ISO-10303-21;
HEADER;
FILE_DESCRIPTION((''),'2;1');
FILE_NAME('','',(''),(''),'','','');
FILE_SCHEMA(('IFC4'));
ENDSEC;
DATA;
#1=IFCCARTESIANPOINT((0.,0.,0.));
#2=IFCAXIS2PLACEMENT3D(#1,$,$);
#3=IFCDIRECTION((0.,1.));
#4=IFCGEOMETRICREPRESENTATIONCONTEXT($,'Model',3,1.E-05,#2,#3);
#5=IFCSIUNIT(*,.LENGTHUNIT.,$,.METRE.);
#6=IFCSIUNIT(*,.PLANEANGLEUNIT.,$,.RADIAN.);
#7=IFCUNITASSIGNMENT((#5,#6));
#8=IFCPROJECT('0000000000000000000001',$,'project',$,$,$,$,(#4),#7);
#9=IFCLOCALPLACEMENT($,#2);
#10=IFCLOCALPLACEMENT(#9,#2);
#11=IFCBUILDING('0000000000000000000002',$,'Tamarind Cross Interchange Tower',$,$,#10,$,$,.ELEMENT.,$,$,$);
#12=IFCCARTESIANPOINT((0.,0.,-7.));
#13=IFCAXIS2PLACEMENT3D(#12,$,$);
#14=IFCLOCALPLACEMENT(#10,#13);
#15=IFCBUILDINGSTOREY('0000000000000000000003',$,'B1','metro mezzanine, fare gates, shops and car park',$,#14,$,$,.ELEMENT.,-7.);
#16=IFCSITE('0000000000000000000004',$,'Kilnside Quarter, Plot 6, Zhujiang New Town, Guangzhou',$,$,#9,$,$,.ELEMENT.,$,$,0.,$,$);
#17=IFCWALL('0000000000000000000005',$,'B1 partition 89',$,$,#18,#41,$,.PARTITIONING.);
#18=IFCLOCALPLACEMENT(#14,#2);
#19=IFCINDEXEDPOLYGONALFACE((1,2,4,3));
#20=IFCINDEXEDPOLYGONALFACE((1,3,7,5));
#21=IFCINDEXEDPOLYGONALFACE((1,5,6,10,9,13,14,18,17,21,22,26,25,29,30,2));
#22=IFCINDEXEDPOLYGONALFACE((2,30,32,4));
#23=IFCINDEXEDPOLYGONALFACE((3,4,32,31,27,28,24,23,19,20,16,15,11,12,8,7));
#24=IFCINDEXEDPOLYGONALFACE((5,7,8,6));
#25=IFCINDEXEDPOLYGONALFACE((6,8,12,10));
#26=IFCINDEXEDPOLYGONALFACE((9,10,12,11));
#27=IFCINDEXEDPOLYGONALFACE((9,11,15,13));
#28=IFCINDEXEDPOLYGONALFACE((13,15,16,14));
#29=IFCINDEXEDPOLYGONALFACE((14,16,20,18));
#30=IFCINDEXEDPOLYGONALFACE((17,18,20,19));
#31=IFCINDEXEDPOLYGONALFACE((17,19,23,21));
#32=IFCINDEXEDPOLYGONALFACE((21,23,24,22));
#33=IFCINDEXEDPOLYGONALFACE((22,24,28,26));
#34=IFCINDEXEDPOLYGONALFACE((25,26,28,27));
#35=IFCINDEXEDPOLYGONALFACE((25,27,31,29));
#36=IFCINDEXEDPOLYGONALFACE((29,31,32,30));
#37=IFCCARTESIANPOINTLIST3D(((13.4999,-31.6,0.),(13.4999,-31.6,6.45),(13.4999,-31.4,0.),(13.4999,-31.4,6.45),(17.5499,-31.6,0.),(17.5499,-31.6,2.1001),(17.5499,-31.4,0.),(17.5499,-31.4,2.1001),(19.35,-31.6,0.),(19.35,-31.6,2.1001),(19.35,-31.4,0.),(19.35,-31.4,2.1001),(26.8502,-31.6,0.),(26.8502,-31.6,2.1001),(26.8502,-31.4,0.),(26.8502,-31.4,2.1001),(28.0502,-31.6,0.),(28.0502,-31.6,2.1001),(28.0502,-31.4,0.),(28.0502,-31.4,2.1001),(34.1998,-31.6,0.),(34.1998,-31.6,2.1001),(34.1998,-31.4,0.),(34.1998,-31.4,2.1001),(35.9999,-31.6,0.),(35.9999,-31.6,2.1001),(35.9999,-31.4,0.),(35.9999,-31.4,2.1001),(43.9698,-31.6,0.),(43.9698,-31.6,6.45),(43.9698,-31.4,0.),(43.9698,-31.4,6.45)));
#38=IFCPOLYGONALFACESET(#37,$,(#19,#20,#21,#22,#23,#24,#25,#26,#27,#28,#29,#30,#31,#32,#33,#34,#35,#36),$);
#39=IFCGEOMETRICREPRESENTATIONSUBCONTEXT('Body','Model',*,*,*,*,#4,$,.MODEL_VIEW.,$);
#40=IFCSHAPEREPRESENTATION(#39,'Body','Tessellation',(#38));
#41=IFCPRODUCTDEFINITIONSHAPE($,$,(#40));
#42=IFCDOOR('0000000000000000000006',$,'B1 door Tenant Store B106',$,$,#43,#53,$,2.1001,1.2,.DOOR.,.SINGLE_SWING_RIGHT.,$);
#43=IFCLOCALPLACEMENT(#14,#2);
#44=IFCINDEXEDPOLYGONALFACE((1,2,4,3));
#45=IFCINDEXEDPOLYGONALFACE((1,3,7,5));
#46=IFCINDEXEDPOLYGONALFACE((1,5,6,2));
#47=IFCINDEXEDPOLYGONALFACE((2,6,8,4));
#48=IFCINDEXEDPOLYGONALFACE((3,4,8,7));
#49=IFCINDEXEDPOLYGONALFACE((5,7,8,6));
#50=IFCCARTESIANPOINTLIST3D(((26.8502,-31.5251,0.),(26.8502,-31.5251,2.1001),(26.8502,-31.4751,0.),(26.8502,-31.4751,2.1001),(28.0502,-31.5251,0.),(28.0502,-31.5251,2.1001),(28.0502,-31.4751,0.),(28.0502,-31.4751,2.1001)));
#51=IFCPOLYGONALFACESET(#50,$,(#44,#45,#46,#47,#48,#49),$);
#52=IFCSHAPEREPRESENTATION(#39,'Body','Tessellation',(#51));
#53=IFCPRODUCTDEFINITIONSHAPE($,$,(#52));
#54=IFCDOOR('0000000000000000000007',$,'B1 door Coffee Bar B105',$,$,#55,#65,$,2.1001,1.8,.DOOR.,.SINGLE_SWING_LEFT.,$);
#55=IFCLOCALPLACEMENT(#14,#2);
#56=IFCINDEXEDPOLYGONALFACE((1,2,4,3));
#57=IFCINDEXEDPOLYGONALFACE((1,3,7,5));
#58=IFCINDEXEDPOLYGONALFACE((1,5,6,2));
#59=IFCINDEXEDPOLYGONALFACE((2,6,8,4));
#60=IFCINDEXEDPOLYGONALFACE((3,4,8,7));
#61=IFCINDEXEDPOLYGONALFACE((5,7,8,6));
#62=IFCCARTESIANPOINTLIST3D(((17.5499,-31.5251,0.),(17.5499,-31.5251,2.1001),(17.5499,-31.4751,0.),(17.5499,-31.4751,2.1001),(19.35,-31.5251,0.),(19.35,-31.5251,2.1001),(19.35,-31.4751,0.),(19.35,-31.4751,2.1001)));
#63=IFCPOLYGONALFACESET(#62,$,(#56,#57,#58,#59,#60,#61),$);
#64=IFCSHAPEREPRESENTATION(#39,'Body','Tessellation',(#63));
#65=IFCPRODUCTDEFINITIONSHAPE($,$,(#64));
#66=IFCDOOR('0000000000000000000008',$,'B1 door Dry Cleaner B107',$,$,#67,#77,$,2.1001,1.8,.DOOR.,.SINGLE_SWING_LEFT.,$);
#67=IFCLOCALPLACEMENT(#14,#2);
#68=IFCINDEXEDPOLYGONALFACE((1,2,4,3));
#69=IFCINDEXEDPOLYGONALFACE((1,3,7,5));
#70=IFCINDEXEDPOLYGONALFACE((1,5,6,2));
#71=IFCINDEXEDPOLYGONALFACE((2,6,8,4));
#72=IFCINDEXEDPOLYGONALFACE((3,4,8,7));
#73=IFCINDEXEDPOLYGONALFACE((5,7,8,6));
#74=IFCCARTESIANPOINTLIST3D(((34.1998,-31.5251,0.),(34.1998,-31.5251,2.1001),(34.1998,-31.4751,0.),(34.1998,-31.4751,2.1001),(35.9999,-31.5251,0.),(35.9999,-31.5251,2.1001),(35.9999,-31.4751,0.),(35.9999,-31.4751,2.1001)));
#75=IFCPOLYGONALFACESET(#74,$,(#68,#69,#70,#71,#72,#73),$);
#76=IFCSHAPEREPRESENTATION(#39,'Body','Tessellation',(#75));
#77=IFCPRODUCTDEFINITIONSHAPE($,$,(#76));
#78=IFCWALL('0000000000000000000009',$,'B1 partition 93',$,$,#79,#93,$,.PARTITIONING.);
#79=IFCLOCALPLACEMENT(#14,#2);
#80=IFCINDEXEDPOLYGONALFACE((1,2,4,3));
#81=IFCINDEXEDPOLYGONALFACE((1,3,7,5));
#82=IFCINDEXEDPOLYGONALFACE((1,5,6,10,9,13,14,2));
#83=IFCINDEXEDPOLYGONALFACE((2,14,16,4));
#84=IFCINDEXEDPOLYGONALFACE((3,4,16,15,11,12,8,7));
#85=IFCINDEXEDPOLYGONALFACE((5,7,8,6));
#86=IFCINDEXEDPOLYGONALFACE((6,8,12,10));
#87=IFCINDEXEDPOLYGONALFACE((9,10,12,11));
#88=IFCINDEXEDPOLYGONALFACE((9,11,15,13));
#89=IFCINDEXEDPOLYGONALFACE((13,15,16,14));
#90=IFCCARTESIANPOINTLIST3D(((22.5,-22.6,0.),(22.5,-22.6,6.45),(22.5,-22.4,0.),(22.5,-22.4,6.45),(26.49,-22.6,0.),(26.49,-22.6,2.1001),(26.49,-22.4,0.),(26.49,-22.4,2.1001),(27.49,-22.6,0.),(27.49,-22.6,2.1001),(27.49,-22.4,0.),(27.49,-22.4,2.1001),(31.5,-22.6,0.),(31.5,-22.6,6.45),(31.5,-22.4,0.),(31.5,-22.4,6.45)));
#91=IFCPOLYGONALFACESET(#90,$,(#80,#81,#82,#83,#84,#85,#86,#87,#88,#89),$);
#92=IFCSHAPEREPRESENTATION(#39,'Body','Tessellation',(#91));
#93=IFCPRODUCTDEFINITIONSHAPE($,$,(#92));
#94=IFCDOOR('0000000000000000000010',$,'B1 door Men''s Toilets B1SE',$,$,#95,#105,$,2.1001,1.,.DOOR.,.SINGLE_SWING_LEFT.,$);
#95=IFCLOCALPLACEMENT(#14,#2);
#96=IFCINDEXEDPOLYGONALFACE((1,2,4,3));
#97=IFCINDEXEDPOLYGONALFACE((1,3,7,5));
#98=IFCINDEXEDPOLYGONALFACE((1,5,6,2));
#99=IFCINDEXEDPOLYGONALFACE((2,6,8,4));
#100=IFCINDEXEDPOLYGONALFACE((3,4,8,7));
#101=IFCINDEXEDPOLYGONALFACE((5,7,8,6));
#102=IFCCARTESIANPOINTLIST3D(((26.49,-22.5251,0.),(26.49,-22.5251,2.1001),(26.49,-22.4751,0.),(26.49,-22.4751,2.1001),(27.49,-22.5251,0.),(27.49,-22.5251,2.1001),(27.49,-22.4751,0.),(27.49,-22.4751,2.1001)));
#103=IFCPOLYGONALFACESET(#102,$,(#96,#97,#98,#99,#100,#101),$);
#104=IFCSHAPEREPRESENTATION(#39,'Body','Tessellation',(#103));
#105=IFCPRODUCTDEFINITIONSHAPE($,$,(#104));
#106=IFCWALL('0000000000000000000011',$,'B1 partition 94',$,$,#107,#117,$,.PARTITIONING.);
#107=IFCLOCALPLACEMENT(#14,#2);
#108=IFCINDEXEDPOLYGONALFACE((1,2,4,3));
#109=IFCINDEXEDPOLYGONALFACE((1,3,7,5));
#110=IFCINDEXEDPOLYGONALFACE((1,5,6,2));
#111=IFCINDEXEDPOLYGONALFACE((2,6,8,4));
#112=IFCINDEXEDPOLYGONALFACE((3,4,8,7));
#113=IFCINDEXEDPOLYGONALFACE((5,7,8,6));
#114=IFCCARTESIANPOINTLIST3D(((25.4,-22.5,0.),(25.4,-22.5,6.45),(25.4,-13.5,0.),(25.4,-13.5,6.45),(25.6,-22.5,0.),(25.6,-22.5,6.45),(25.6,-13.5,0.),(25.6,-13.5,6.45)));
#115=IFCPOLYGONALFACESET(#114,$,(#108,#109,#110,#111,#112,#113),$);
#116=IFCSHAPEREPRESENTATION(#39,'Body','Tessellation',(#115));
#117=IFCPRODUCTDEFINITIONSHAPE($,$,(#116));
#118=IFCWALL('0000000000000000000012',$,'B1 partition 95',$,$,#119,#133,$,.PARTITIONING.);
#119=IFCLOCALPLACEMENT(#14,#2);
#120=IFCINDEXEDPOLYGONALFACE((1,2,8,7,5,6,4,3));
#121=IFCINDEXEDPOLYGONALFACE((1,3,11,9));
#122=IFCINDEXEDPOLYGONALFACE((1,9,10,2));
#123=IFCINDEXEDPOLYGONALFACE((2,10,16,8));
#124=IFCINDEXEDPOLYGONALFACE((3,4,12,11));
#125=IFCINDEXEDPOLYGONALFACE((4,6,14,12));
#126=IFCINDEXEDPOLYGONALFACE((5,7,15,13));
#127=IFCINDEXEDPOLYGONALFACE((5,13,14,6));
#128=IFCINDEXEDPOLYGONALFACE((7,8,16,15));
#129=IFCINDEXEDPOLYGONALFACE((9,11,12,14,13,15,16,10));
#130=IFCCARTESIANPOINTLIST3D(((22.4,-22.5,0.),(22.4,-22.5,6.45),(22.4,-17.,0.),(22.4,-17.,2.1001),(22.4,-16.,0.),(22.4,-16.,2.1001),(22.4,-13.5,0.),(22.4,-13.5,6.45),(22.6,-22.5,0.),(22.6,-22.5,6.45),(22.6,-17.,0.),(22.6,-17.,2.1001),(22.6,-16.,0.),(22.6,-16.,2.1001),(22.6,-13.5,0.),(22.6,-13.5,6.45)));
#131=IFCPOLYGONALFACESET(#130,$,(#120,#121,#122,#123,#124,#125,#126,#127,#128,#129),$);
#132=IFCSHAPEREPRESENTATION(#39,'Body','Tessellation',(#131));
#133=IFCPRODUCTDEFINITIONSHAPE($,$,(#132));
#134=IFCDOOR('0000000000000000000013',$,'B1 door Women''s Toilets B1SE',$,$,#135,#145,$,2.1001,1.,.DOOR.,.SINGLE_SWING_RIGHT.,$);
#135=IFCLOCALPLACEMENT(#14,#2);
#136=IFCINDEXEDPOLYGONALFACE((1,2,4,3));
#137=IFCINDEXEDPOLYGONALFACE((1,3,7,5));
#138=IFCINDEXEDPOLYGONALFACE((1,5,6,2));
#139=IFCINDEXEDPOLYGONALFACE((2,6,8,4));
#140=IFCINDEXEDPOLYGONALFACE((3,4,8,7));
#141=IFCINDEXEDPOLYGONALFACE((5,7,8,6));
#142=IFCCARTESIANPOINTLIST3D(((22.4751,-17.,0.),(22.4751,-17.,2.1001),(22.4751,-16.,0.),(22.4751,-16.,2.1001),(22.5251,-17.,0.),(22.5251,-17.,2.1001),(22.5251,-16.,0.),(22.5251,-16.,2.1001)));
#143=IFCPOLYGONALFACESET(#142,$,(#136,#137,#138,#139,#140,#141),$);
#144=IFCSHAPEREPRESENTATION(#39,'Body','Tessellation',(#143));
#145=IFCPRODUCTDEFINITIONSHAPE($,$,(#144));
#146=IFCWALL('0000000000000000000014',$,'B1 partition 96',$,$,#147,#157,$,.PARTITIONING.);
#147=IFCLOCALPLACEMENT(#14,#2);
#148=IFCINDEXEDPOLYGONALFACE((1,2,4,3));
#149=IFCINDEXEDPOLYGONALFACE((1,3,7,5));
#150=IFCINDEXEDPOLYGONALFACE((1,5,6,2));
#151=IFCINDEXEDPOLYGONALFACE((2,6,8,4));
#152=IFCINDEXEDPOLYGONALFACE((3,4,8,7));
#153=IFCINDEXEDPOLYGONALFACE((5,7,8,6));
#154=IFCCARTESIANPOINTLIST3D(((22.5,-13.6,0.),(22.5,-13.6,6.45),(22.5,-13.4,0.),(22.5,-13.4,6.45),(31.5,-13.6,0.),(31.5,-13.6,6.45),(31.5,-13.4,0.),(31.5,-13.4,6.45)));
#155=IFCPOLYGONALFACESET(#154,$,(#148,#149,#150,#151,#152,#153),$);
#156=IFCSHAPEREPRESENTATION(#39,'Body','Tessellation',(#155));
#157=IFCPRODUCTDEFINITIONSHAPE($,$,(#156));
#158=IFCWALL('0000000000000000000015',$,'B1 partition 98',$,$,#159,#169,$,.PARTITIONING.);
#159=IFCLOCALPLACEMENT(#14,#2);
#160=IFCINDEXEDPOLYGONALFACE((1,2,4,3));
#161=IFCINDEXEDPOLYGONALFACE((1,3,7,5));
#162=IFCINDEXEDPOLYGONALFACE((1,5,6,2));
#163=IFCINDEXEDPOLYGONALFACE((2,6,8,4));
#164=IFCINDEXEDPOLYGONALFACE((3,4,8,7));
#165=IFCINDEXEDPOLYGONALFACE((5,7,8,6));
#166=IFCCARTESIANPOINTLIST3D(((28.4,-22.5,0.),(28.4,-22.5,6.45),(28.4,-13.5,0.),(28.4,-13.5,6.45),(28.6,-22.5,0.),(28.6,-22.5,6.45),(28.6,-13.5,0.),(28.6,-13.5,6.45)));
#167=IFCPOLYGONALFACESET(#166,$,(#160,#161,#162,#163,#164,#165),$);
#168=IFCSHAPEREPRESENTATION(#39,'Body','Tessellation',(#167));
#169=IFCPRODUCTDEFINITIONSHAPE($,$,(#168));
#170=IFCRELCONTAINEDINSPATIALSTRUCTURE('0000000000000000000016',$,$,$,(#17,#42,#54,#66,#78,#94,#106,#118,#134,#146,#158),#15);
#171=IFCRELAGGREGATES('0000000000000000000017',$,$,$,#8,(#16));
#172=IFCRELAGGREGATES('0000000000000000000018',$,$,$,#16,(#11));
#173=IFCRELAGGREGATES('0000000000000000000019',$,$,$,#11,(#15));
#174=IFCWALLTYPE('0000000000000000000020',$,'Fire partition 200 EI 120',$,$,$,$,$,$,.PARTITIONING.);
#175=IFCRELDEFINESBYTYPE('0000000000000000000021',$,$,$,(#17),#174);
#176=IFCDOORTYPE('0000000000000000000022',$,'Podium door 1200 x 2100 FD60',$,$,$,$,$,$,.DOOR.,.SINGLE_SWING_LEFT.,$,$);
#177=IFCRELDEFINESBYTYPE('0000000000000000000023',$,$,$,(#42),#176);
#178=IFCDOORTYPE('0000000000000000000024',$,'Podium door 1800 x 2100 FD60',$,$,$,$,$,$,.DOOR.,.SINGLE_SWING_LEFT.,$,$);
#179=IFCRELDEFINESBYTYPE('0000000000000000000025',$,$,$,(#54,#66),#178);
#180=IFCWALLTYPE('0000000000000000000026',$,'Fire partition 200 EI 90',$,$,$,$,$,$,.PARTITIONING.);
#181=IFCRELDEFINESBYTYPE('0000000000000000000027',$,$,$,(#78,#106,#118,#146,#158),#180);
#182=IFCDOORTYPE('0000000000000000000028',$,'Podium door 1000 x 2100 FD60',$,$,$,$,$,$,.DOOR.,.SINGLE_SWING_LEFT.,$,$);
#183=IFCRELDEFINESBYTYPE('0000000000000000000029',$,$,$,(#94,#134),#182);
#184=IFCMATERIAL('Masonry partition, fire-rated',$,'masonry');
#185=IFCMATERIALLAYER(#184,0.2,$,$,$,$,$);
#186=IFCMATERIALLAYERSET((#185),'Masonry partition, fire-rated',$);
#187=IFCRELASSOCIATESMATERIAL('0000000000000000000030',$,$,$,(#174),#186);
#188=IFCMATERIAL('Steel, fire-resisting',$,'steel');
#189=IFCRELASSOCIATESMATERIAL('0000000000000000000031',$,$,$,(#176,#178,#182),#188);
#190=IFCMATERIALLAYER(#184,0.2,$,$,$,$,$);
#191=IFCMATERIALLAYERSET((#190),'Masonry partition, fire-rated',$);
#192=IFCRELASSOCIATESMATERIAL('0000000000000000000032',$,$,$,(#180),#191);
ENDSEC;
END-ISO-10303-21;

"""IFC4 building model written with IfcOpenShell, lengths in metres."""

from ifc_helpers import new_model, si_unit, direction, frame, frame_2d, origin, place, context, subcontext, project, spatial, rectangle, extrude, material, layer, layer_set, type_object, element, fill, save


model = new_model("IFC4")

# Units and contexts
model_context = context("Model", 3, precision=1e-05, world=origin(), true_north=direction((0.0, 1.0)))
body_context = subcontext(model_context, "Body", "Model", "MODEL_VIEW")
ifc_project = project(units=[si_unit("LENGTHUNIT", "METRE"), si_unit("PLANEANGLEUNIT", "RADIAN")], contexts=[model_context])

# Site, building, storey
site_placement = place(None, origin())
site = spatial("IfcSite", under=ifc_project, at=site_placement, Name="Kilnside Quarter, Plot 6, Zhujiang New Town, Guangzhou", CompositionType="ELEMENT", RefElevation=0.0)
building_placement = place(site_placement, origin())
building = spatial("IfcBuilding", under=site, at=building_placement, Name="Tamarind Cross Interchange Tower", CompositionType="ELEMENT")
storey_placement = place(building_placement, frame((0.0, 0.0, -7.0)))
storey = spatial("IfcBuildingStorey", under=building, at=storey_placement, Name="B1", Description="metro mezzanine, fare gates, shops and car park", CompositionType="ELEMENT", Elevation=-7.0)

# Shared definitions
ifc_material_1 = material(Name="Masonry partition, fire-rated", Category="masonry")
ifc_layer_1 = layer(ifc_material_1, 0.2)
ifc_layer_set_1 = layer_set([ifc_layer_1], Name="Masonry partition, fire-rated")
wall_type_1 = type_object("IfcWallType", Name="Fire partition 200 EI 120", PredefinedType="PARTITIONING", material=ifc_layer_set_1)

# Wall, openings, doors
wall_1_placement = place(storey_placement, frame((13.5, -31.5, 0.0), z_axis=(0.0, 0.0, 1.0), x_axis=(1.0, 0.0, 0.0)))
wall_1 = element("IfcWall", 1, at=wall_1_placement, inside=storey, type_object=wall_type_1, Name="B1 partition 89", PredefinedType="PARTITIONING", context=body_context, shape_type="SweptSolid", body=[
    extrude(rectangle(XDim=30.47, YDim=0.2, at=frame_2d((15.2349, 0.0))), origin(), (0.0, 0.0, 1.0), 6.45),
])
opening_1_placement = place(wall_1_placement, frame((4.05, 0.0, 0.0)))
opening_1 = element("IfcOpeningElement", 2, at=opening_1_placement, cuts=wall_1, PredefinedType="OPENING", context=body_context, shape_type="SweptSolid", body=[
    extrude(rectangle(XDim=1.8, YDim=2.1001, at=frame_2d((0.8999, 1.05))), frame((0.0, 0.1099, 0.0), z_axis=(0.0, -1.0, 0.0), x_axis=(1.0, 0.0, 0.0)), (0.0, 0.0, 1.0), 0.22),
])
opening_2_placement = place(wall_1_placement, frame((13.3501, 0.0, 0.0)))
opening_2 = element("IfcOpeningElement", 3, at=opening_2_placement, cuts=wall_1, PredefinedType="OPENING", context=body_context, shape_type="SweptSolid", body=[
    extrude(rectangle(XDim=1.2, YDim=2.1001, at=frame_2d((0.6001, 1.05))), frame((0.0, 0.1099, 0.0), z_axis=(0.0, -1.0, 0.0), x_axis=(1.0, 0.0, 0.0)), (0.0, 0.0, 1.0), 0.22),
])
opening_3_placement = place(wall_1_placement, frame((20.7, 0.0, 0.0)))
opening_3 = element("IfcOpeningElement", 4, at=opening_3_placement, cuts=wall_1, PredefinedType="OPENING", context=body_context, shape_type="SweptSolid", body=[
    extrude(rectangle(XDim=1.8, YDim=2.1001, at=frame_2d((0.8999, 1.05))), frame((0.0, 0.1099, 0.0), z_axis=(0.0, -1.0, 0.0), x_axis=(1.0, 0.0, 0.0)), (0.0, 0.0, 1.0), 0.22),
])
ifc_material_2 = material(Name="Steel, fire-resisting", Category="steel")
door_type_1 = type_object("IfcDoorType", Name="Podium door 1200 x 2100 FD60", OperationType="SINGLE_SWING_LEFT", PredefinedType="DOOR", material=ifc_material_2)
door_1_placement = place(opening_2_placement, origin())
door_1 = element("IfcDoor", 5, at=door_1_placement, inside=storey, type_object=door_type_1, Name="B1 door Tenant Store B106", OperationType="SINGLE_SWING_RIGHT", OverallHeight=2.1001, OverallWidth=1.2, PredefinedType="DOOR", context=body_context, shape_type="SweptSolid", body=[
    extrude(rectangle(XDim=1.2, YDim=2.1001, at=frame_2d((0.6001, 1.05))), frame((0.0, 0.0249, 0.0), z_axis=(0.0, -1.0, 0.0), x_axis=(1.0, 0.0, 0.0)), (0.0, 0.0, 1.0), 0.05),
])
fill(opening_2, door_1)
door_type_2 = type_object("IfcDoorType", Name="Podium door 1800 x 2100 FD60", OperationType="SINGLE_SWING_LEFT", PredefinedType="DOOR", material=ifc_material_2)
door_2_placement = place(opening_1_placement, origin())
door_2 = element("IfcDoor", 6, at=door_2_placement, inside=storey, type_object=door_type_2, Name="B1 door Coffee Bar B105", OperationType="SINGLE_SWING_LEFT", OverallHeight=2.1001, OverallWidth=1.8, PredefinedType="DOOR", context=body_context, shape_type="SweptSolid", body=[
    extrude(rectangle(XDim=1.8, YDim=2.1001, at=frame_2d((0.8999, 1.05))), frame((0.0, 0.0249, 0.0), z_axis=(0.0, -1.0, 0.0), x_axis=(1.0, 0.0, 0.0)), (0.0, 0.0, 1.0), 0.05),
])
fill(opening_1, door_2)
door_3_placement = place(opening_3_placement, origin())
door_3 = element("IfcDoor", 7, at=door_3_placement, inside=storey, type_object=door_type_2, Name="B1 door Dry Cleaner B107", OperationType="SINGLE_SWING_LEFT", OverallHeight=2.1001, OverallWidth=1.8, PredefinedType="DOOR", context=body_context, shape_type="SweptSolid", body=[
    extrude(rectangle(XDim=1.8, YDim=2.1001, at=frame_2d((0.8999, 1.05))), frame((0.0, 0.0249, 0.0), z_axis=(0.0, -1.0, 0.0), x_axis=(1.0, 0.0, 0.0)), (0.0, 0.0, 1.0), 0.05),
])
fill(opening_3, door_3)

# Wall, opening, door
ifc_layer_2 = layer(ifc_material_1, 0.2)
ifc_layer_set_2 = layer_set([ifc_layer_2], Name="Masonry partition, fire-rated")
wall_type_2 = type_object("IfcWallType", Name="Fire partition 200 EI 90", PredefinedType="PARTITIONING", material=ifc_layer_set_2)
wall_2_placement = place(storey_placement, frame((22.5, -22.5, 0.0), z_axis=(0.0, 0.0, 1.0), x_axis=(1.0, 0.0, 0.0)))
wall_2 = element("IfcWall", 8, at=wall_2_placement, inside=storey, type_object=wall_type_2, Name="B1 partition 93", PredefinedType="PARTITIONING", context=body_context, shape_type="SweptSolid", body=[
    extrude(rectangle(XDim=9.0, YDim=0.2, at=frame_2d((4.5, 0.0))), origin(), (0.0, 0.0, 1.0), 6.45),
])
opening_4_placement = place(wall_2_placement, frame((3.99, 0.0, 0.0)))
opening_4 = element("IfcOpeningElement", 9, at=opening_4_placement, cuts=wall_2, PredefinedType="OPENING", context=body_context, shape_type="SweptSolid", body=[
    extrude(rectangle(XDim=1.0, YDim=2.1001, at=frame_2d((0.5, 1.05))), frame((0.0, 0.1099, 0.0), z_axis=(0.0, -1.0, 0.0), x_axis=(1.0, 0.0, 0.0)), (0.0, 0.0, 1.0), 0.22),
])
door_type_3 = type_object("IfcDoorType", Name="Podium door 1000 x 2100 FD60", OperationType="SINGLE_SWING_LEFT", PredefinedType="DOOR", material=ifc_material_2)
door_4_placement = place(opening_4_placement, origin())
door_4 = element("IfcDoor", 10, at=door_4_placement, inside=storey, type_object=door_type_3, Name="B1 door Men's Toilets B1SE", OperationType="SINGLE_SWING_LEFT", OverallHeight=2.1001, OverallWidth=1.0, PredefinedType="DOOR", context=body_context, shape_type="SweptSolid", body=[
    extrude(rectangle(XDim=1.0, YDim=2.1001, at=frame_2d((0.5, 1.05))), frame((0.0, 0.0249, 0.0), z_axis=(0.0, -1.0, 0.0), x_axis=(1.0, 0.0, 0.0)), (0.0, 0.0, 1.0), 0.05),
])
fill(opening_4, door_4)

# Wall
wall_3_placement = place(storey_placement, frame((25.5, -22.5, 0.0), z_axis=(0.0, 0.0, 1.0), x_axis=(0.0, 1.0, 0.0)))
element("IfcWall", 11, at=wall_3_placement, inside=storey, type_object=wall_type_2, Name="B1 partition 94", PredefinedType="PARTITIONING", context=body_context, shape_type="SweptSolid", body=[
    extrude(rectangle(XDim=9.0, YDim=0.2, at=frame_2d((4.5, 0.0))), origin(), (0.0, 0.0, 1.0), 6.45),
])

# Wall, opening, door
wall_4_placement = place(storey_placement, frame((22.5, -22.5, 0.0), z_axis=(0.0, 0.0, 1.0), x_axis=(0.0, 1.0, 0.0)))
wall_4 = element("IfcWall", 12, at=wall_4_placement, inside=storey, type_object=wall_type_2, Name="B1 partition 95", PredefinedType="PARTITIONING", context=body_context, shape_type="SweptSolid", body=[
    extrude(rectangle(XDim=9.0, YDim=0.2, at=frame_2d((4.5, 0.0))), origin(), (0.0, 0.0, 1.0), 6.45),
])
opening_5_placement = place(wall_4_placement, frame((5.5, 0.0, 0.0)))
opening_5 = element("IfcOpeningElement", 13, at=opening_5_placement, cuts=wall_4, PredefinedType="OPENING", context=body_context, shape_type="SweptSolid", body=[
    extrude(rectangle(XDim=1.0, YDim=2.1001, at=frame_2d((0.5, 1.05))), frame((0.0, 0.1099, 0.0), z_axis=(0.0, -1.0, 0.0), x_axis=(1.0, 0.0, 0.0)), (0.0, 0.0, 1.0), 0.22),
])
door_5_placement = place(opening_5_placement, origin())
door_5 = element("IfcDoor", 14, at=door_5_placement, inside=storey, type_object=door_type_3, Name="B1 door Women's Toilets B1SE", OperationType="SINGLE_SWING_RIGHT", OverallHeight=2.1001, OverallWidth=1.0, PredefinedType="DOOR", context=body_context, shape_type="SweptSolid", body=[
    extrude(rectangle(XDim=1.0, YDim=2.1001, at=frame_2d((0.5, 1.05))), frame((0.0, 0.0249, 0.0), z_axis=(0.0, -1.0, 0.0), x_axis=(1.0, 0.0, 0.0)), (0.0, 0.0, 1.0), 0.05),
])
fill(opening_5, door_5)

# Walls
for number, where, z_axis, x_axis, name in (
    (15, (22.5, -13.5, 0.0), (0.0, 0.0, 1.0), (1.0, 0.0, 0.0), "B1 partition 96"),
    (16, (28.5, -22.5, 0.0), (0.0, 0.0, 1.0), (0.0, 1.0, 0.0), "B1 partition 98"),
):
    element("IfcWall", number, at=place(storey_placement, frame(where, z_axis=z_axis, x_axis=x_axis)), inside=storey, type_object=wall_type_2, Name=name, PredefinedType="PARTITIONING", context=body_context, shape_type="SweptSolid", body=[
        extrude(rectangle(XDim=9.0, YDim=0.2, at=frame_2d((4.5, 0.0))), origin(), (0.0, 0.0, 1.0), 6.45),
    ])

save(model, "model.ifc")
